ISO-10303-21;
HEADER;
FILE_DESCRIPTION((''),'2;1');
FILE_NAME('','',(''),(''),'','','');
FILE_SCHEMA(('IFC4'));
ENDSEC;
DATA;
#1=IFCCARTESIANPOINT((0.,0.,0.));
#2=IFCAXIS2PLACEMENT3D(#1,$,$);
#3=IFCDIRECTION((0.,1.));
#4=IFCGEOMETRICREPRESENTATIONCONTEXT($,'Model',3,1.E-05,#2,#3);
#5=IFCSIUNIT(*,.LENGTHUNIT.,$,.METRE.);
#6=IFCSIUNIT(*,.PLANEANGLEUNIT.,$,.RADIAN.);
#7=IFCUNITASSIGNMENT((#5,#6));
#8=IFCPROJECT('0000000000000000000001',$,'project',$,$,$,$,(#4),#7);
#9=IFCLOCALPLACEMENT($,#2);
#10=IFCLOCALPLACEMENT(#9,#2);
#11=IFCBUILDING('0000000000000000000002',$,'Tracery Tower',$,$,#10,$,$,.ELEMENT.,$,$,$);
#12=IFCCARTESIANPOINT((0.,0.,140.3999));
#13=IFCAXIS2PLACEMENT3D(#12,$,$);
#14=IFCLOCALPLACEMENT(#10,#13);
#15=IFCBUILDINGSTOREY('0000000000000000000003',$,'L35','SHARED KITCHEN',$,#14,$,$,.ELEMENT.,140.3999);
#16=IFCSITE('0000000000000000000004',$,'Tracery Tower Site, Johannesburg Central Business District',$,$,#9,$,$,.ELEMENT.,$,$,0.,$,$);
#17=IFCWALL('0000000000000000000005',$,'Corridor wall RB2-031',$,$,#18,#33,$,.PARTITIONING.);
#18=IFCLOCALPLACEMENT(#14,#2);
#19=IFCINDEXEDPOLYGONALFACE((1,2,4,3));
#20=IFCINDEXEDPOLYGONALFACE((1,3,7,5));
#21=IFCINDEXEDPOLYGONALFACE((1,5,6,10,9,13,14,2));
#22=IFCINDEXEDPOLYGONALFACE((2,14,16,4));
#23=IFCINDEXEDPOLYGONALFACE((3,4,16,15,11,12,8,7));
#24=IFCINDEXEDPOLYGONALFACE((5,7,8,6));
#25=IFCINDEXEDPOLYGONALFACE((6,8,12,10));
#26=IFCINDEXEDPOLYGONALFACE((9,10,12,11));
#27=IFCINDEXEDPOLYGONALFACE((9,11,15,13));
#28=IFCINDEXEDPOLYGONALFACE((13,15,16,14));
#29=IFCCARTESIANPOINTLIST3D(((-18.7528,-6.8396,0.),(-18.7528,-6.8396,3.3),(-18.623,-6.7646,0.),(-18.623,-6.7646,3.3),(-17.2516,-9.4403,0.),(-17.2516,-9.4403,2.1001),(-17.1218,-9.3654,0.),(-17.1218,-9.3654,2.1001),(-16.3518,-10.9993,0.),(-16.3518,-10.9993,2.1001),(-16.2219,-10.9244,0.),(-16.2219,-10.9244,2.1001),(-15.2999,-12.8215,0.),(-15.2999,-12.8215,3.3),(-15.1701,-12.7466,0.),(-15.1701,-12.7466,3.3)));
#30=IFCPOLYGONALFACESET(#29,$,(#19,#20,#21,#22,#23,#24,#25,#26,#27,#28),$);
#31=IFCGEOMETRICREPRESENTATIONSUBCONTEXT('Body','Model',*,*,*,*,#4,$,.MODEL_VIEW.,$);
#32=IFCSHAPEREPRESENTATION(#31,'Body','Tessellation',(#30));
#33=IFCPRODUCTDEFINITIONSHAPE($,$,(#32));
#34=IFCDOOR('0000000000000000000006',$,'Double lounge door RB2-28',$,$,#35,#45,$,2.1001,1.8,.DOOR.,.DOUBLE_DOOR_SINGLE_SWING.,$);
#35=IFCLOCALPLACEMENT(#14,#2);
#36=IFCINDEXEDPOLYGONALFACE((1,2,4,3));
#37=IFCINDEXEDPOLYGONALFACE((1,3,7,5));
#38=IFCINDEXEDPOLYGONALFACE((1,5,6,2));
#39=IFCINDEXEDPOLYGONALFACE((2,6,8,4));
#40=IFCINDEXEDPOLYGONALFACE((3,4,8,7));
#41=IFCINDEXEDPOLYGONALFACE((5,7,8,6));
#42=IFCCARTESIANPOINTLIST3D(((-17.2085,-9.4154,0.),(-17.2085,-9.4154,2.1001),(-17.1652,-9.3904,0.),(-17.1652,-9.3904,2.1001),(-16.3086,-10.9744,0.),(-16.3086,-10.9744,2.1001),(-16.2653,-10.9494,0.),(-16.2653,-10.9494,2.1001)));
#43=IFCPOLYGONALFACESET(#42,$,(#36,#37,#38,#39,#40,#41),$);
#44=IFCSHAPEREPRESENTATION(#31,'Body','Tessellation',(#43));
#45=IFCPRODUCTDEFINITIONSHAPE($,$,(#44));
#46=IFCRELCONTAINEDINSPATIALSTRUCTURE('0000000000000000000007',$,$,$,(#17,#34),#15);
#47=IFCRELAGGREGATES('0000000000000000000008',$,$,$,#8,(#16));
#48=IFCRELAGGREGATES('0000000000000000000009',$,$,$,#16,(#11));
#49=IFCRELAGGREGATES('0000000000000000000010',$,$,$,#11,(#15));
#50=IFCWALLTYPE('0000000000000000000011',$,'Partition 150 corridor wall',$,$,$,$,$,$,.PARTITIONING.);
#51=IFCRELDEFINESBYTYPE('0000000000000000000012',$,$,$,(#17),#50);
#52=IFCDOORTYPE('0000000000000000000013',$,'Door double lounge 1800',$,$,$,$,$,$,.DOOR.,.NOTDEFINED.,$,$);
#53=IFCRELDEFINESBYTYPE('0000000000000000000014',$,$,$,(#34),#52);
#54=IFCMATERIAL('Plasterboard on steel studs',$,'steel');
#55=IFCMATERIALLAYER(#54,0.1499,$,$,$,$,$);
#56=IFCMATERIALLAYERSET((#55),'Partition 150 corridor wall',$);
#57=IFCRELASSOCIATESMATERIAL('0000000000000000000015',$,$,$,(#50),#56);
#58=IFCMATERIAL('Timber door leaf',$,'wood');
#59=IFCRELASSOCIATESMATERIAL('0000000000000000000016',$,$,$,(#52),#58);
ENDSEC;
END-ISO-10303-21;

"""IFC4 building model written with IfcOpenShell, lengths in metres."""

from ifc_helpers import new_model, si_unit, direction, frame, frame_2d, origin, place, context, subcontext, project, spatial, rectangle, extrude, material, layer, layer_set, type_object, element, fill, save


model = new_model("IFC4")

# Units and contexts
model_context = context("Model", 3, precision=1e-05, world=origin(), true_north=direction((0.0, 1.0)))
body_context = subcontext(model_context, "Body", "Model", "MODEL_VIEW")
ifc_project = project(units=[si_unit("LENGTHUNIT", "METRE"), si_unit("PLANEANGLEUNIT", "RADIAN")], contexts=[model_context])

# Site, building, storey
site_placement = place(None, origin())
site = spatial("IfcSite", under=ifc_project, at=site_placement, Name="Tracery Tower Site, Johannesburg Central Business District", CompositionType="ELEMENT", RefElevation=0.0)
building_placement = place(site_placement, origin())
building = spatial("IfcBuilding", under=site, at=building_placement, Name="Tracery Tower", CompositionType="ELEMENT")
storey_placement = place(building_placement, frame((0.0, 0.0, 140.3999)))
storey = spatial("IfcBuildingStorey", under=building, at=storey_placement, Name="L35", Description="SHARED KITCHEN", CompositionType="ELEMENT", Elevation=140.3999)

# Shared definitions
ifc_material_1 = material(Name="Plasterboard on steel studs", Category="steel")
ifc_layer_1 = layer(ifc_material_1, 0.1499)
ifc_layer_set_1 = layer_set([ifc_layer_1], Name="Partition 150 corridor wall")
wall_type_1 = type_object("IfcWallType", Name="Partition 150 corridor wall", PredefinedType="PARTITIONING", material=ifc_layer_set_1)

# Wall, opening, door
wall_1_placement = place(storey_placement, frame((-18.688, -6.802, 0.0), z_axis=(0.0, 0.0, 1.0), x_axis=(0.499914, -0.866075, 0.0)))
wall_1 = element("IfcWall", 1, at=wall_1_placement, inside=storey, type_object=wall_type_1, Name="Corridor wall RB2-031", PredefinedType="PARTITIONING", context=body_context, shape_type="SweptSolid", body=[
    extrude(rectangle(XDim=6.907, YDim=0.1499, at=frame_2d((3.4536, 0.0))), origin(), (0.0, 0.0, 1.0), 3.3),
])
opening_1_placement = place(wall_1_placement, frame((3.0032, 0.0, 0.0)))
opening_1 = element("IfcOpeningElement", 2, at=opening_1_placement, cuts=wall_1, PredefinedType="OPENING", context=body_context, shape_type="SweptSolid", body=[
    extrude(rectangle(XDim=1.8, YDim=2.1001, at=frame_2d((0.8999, 1.05))), frame((0.0, 0.075, 0.0), z_axis=(0.0, -1.0, 0.0), x_axis=(1.0, 0.0, 0.0)), (0.0, 0.0, 1.0), 0.1499),
])
ifc_material_2 = material(Name="Timber door leaf", Category="wood")
door_type_1 = type_object("IfcDoorType", Name="Door double lounge 1800", OperationType="NOTDEFINED", PredefinedType="DOOR", material=ifc_material_2)
door_1_placement = place(opening_1_placement, origin())
door_1 = element("IfcDoor", 3, at=door_1_placement, inside=storey, type_object=door_type_1, Name="Double lounge door RB2-28", OperationType="DOUBLE_DOOR_SINGLE_SWING", OverallHeight=2.1001, OverallWidth=1.8, PredefinedType="DOOR", context=body_context, shape_type="SweptSolid", body=[
    extrude(rectangle(XDim=1.8, YDim=2.1001, at=frame_2d((0.8999, 1.05))), frame((0.0, 0.0249, 0.0), z_axis=(0.0, -1.0, 0.0), x_axis=(1.0, 0.0, 0.0)), (0.0, 0.0, 1.0), 0.05),
])
fill(opening_1, door_1)

save(model, "model.ifc")
